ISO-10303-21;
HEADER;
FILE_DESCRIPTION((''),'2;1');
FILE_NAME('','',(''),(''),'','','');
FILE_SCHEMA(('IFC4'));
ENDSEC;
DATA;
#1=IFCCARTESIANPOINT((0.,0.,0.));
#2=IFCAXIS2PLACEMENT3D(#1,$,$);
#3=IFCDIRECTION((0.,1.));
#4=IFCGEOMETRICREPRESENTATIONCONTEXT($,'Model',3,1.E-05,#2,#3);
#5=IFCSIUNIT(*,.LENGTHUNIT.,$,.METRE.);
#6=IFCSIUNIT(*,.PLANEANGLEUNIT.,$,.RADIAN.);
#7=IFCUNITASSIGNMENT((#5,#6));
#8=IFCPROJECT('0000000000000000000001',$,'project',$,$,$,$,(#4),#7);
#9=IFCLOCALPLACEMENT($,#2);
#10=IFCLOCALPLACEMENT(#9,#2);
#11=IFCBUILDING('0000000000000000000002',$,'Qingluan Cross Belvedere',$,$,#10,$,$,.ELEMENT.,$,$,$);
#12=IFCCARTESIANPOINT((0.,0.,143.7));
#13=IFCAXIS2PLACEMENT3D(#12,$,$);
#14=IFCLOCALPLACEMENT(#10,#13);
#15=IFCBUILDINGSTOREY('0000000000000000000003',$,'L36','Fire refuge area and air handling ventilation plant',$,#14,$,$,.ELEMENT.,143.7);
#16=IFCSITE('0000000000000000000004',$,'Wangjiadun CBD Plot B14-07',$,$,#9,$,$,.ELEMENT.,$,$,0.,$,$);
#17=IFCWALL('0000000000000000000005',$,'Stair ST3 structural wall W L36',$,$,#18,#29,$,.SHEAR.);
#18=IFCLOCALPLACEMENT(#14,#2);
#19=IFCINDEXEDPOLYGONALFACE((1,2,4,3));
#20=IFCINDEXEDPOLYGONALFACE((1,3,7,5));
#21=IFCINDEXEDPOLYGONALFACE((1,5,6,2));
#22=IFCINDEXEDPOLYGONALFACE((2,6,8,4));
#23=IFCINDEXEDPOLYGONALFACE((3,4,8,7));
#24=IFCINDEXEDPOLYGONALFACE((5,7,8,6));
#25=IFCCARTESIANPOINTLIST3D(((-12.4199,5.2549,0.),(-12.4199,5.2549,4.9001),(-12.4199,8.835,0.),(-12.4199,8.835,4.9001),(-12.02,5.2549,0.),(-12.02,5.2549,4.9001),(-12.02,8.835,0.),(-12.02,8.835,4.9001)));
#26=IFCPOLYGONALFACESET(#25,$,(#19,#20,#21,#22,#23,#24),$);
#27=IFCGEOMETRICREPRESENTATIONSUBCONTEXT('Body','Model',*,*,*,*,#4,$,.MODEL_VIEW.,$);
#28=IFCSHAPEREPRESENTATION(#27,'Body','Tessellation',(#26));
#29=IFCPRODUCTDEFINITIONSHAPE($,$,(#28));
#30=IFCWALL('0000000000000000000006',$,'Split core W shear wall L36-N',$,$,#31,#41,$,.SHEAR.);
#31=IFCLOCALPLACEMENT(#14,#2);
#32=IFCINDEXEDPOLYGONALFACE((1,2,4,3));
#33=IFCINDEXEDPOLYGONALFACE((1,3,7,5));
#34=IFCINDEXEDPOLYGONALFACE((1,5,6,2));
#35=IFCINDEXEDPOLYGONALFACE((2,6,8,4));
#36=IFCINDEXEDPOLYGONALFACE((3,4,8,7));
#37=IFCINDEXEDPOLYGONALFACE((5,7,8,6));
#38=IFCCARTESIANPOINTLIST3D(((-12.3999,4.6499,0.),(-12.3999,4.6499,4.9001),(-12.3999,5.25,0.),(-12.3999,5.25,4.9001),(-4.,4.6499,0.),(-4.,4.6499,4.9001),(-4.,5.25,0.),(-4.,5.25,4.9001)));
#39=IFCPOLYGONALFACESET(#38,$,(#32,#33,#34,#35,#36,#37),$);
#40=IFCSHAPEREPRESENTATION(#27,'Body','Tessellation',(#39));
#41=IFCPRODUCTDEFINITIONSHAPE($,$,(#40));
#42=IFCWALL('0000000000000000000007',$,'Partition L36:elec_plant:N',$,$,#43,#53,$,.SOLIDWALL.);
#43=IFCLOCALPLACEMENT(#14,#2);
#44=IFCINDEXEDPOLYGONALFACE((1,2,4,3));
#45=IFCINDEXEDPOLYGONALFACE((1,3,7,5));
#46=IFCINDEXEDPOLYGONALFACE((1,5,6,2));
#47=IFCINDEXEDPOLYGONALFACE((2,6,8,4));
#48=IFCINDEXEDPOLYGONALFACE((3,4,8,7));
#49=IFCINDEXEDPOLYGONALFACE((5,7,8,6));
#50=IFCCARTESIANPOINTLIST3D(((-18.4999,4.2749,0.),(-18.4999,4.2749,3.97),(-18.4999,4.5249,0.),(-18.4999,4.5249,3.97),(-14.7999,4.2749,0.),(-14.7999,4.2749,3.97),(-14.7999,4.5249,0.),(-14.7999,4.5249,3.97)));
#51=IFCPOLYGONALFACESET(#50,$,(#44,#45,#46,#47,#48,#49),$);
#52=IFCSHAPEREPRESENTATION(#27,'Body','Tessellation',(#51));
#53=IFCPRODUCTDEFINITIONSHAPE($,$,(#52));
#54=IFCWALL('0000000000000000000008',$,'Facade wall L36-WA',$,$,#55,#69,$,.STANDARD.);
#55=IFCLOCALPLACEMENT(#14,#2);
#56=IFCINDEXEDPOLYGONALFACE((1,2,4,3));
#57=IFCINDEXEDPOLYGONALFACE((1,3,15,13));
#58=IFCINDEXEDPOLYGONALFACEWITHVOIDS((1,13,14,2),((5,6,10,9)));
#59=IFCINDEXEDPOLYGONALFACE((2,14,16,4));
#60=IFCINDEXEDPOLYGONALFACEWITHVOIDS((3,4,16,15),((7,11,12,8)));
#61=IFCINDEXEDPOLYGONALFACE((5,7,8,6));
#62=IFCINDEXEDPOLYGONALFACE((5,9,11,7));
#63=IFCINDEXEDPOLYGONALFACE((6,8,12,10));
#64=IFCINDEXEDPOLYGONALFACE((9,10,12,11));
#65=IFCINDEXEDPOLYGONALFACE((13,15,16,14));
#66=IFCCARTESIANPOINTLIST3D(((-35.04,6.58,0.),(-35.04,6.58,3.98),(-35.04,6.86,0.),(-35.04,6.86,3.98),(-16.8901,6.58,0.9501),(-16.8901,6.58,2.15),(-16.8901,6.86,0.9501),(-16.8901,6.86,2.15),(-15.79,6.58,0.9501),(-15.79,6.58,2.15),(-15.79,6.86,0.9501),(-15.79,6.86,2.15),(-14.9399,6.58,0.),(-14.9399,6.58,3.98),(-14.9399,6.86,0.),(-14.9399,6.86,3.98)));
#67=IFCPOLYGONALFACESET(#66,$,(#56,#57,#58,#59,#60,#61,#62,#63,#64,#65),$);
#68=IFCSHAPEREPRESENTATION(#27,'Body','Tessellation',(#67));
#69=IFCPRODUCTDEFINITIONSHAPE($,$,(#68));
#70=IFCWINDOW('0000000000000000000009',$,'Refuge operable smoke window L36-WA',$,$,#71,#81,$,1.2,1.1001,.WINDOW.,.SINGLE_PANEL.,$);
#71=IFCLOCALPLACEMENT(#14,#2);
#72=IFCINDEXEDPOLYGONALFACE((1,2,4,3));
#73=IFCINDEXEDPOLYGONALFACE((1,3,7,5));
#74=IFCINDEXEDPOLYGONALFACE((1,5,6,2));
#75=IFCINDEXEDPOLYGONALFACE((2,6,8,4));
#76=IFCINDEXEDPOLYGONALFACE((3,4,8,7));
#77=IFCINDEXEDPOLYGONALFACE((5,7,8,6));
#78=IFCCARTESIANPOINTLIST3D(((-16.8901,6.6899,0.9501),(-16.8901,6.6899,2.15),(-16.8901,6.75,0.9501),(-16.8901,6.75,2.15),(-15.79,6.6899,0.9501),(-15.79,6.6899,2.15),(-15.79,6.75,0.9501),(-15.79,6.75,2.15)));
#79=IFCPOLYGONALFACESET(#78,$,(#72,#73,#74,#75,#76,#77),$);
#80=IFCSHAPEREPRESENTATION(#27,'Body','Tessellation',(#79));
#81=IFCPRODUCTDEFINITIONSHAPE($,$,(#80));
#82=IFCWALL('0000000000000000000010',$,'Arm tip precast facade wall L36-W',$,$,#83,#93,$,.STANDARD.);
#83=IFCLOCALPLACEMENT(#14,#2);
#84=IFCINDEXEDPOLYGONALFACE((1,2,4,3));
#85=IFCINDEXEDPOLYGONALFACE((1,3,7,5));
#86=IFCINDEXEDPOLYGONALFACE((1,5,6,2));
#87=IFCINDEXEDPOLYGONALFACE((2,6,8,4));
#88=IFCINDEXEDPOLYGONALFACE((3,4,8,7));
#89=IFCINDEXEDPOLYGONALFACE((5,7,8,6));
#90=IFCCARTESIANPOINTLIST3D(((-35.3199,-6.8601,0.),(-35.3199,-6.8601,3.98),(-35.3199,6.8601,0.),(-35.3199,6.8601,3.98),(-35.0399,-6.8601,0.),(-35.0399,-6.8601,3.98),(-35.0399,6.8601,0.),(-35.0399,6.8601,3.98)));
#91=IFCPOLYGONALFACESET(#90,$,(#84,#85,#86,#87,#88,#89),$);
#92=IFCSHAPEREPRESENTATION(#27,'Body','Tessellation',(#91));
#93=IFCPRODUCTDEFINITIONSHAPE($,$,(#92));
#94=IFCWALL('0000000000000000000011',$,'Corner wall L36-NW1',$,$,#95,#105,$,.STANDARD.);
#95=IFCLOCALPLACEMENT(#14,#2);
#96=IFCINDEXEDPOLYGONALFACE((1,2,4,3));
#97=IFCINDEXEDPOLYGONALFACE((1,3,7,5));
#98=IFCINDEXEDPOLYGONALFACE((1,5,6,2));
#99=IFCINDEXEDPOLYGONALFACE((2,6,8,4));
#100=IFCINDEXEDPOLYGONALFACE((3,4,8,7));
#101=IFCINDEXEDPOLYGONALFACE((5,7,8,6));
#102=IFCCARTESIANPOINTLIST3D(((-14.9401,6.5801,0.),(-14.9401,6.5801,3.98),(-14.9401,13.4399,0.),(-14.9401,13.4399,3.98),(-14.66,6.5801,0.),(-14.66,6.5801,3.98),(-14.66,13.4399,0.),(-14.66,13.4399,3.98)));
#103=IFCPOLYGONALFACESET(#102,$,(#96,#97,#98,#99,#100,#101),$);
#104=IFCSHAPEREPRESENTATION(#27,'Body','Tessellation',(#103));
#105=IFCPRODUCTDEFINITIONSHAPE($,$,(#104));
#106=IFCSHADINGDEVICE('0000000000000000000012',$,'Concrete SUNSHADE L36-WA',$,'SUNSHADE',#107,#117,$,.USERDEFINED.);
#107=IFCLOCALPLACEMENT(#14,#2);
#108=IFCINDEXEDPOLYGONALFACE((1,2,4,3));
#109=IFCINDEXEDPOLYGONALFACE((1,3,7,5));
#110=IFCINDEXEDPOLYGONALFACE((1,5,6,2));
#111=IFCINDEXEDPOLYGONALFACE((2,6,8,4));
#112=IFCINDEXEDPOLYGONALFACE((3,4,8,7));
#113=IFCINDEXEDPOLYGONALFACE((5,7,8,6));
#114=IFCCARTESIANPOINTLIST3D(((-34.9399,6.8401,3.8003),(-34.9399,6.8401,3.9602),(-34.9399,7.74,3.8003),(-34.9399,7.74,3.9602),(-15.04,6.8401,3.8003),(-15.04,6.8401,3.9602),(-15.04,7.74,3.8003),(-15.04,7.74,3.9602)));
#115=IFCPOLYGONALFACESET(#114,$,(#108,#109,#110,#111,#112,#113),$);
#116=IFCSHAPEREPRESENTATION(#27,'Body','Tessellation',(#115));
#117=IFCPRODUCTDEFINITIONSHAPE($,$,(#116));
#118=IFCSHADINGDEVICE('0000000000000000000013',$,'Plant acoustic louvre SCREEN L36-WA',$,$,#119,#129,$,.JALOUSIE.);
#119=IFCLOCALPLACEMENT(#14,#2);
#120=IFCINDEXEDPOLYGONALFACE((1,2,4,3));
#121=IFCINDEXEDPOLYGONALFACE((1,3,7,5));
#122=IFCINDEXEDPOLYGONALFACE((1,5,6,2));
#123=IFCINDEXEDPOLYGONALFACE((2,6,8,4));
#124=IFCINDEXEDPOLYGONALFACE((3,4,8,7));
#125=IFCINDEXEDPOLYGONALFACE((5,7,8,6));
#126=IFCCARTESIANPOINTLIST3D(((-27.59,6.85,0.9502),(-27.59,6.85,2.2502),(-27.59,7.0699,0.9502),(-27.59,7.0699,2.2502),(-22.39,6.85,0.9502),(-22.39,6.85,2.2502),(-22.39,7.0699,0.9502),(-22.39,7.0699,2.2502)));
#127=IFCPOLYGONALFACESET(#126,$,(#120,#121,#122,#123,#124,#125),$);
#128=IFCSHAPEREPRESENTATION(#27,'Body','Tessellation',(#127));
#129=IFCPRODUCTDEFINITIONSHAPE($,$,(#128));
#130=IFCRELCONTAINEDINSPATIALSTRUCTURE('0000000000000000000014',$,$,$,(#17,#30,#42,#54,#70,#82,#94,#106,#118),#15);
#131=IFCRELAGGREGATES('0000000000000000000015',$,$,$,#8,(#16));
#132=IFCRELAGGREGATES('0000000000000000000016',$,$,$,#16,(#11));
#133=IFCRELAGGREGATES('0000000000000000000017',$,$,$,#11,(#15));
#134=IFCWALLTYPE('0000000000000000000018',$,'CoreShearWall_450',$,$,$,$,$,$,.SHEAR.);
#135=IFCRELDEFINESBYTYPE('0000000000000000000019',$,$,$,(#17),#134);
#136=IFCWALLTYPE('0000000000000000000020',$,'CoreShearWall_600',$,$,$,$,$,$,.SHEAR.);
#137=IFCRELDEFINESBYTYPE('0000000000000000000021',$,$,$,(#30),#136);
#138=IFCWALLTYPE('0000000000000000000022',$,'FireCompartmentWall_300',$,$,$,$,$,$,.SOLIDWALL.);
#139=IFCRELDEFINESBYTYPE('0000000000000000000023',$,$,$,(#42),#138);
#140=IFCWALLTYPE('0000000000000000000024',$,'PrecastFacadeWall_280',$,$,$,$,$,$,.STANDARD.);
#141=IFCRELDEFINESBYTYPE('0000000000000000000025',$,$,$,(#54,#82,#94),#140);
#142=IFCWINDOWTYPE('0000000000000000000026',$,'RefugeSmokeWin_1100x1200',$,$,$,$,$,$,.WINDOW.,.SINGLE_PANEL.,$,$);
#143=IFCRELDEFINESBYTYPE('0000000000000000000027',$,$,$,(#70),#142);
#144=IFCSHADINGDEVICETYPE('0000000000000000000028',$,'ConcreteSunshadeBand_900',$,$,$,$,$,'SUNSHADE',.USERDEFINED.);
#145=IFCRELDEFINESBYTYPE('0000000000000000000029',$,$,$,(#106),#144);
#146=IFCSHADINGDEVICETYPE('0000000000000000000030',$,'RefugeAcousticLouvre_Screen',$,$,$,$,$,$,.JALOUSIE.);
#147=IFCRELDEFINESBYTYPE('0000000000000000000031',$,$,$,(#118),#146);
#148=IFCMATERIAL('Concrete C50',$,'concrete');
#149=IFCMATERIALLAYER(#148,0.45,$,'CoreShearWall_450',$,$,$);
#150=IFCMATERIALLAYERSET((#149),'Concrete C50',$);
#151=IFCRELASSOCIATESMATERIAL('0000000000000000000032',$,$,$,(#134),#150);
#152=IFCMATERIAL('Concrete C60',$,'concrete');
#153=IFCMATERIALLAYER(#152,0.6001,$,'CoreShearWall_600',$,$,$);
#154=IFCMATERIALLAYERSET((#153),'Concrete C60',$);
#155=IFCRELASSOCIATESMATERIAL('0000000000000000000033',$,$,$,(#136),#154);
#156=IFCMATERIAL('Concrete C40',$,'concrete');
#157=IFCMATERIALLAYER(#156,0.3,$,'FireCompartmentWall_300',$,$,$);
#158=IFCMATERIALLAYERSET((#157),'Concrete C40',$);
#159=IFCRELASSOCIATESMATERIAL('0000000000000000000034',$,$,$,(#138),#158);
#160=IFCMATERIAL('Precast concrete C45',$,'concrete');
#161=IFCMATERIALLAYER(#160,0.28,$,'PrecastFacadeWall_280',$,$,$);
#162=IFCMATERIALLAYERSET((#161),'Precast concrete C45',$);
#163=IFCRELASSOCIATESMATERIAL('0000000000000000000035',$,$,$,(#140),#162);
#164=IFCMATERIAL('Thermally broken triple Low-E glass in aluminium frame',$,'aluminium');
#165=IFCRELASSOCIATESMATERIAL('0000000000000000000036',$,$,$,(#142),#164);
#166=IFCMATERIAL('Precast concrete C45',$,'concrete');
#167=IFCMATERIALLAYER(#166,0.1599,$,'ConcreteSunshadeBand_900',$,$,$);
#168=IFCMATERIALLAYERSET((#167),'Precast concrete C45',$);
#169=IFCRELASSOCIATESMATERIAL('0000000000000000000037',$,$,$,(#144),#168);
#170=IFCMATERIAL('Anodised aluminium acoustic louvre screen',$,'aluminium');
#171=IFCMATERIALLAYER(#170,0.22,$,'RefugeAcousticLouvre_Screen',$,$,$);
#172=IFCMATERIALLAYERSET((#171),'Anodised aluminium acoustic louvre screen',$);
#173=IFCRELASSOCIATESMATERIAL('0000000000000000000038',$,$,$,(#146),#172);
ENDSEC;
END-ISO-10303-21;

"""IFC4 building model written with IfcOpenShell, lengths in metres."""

from ifc_helpers import new_model, si_unit, direction, frame, frame_2d, origin, origin_2d, place, context, subcontext, project, spatial, rectangle, extrude, material, layer, layer_set, type_object, element, fill, save


model = new_model("IFC4")

# Units and contexts
model_context = context("Model", 3, precision=1e-05, world=origin(), true_north=direction((0.0, 1.0)))
body_context = subcontext(model_context, "Body", "Model", "MODEL_VIEW")
ifc_project = project(units=[si_unit("LENGTHUNIT", "METRE"), si_unit("PLANEANGLEUNIT", "RADIAN")], contexts=[model_context])

# Site, building, storey
site_placement = place(None, origin())
site = spatial("IfcSite", under=ifc_project, at=site_placement, Name="Wangjiadun CBD Plot B14-07", CompositionType="ELEMENT", RefElevation=0.0)
building_placement = place(site_placement, origin())
building = spatial("IfcBuilding", under=site, at=building_placement, Name="Qingluan Cross Belvedere", CompositionType="ELEMENT")
storey_placement = place(building_placement, frame((0.0, 0.0, 143.7)))
storey = spatial("IfcBuildingStorey", under=building, at=storey_placement, Name="L36", Description="Fire refuge area and air handling ventilation plant", CompositionType="ELEMENT", Elevation=143.7)

# Walls
ifc_material_1 = material(Name="Concrete C50", Category="concrete")
ifc_layer_1 = layer(ifc_material_1, 0.45, Name="CoreShearWall_450")
ifc_layer_set_1 = layer_set([ifc_layer_1], Name="Concrete C50")
wall_type_1 = type_object("IfcWallType", Name="CoreShearWall_450", PredefinedType="SHEAR", material=ifc_layer_set_1)
wall_1_placement = place(storey_placement, frame((-12.22, 5.2549, 0.0), z_axis=(0.0, 0.0, 1.0), x_axis=(0.0, 1.0, 0.0)))
element("IfcWall", 1, at=wall_1_placement, inside=storey, type_object=wall_type_1, Name="Stair ST3 structural wall W L36", PredefinedType="SHEAR", context=body_context, shape_type="SweptSolid", body=[
    extrude(rectangle(XDim=3.5801, YDim=0.3999, at=frame_2d((1.79, 0.0))), origin(), (0.0, 0.0, 1.0), 4.9001),
])
ifc_material_2 = material(Name="Concrete C60", Category="concrete")
ifc_layer_2 = layer(ifc_material_2, 0.6001, Name="CoreShearWall_600")
ifc_layer_set_2 = layer_set([ifc_layer_2], Name="Concrete C60")
wall_type_2 = type_object("IfcWallType", Name="CoreShearWall_600", PredefinedType="SHEAR", material=ifc_layer_set_2)
wall_2_placement = place(storey_placement, frame((-12.3999, 4.95, 0.0), z_axis=(0.0, 0.0, 1.0), x_axis=(1.0, 0.0, 0.0)))
element("IfcWall", 2, at=wall_2_placement, inside=storey, type_object=wall_type_2, Name="Split core W shear wall L36-N", PredefinedType="SHEAR", context=body_context, shape_type="SweptSolid", body=[
    extrude(rectangle(XDim=8.3999, YDim=0.6001, at=frame_2d((4.2, 0.0))), origin(), (0.0, 0.0, 1.0), 4.9001),
])
ifc_material_3 = material(Name="Concrete C40", Category="concrete")
ifc_layer_3 = layer(ifc_material_3, 0.3, Name="FireCompartmentWall_300")
ifc_layer_set_3 = layer_set([ifc_layer_3], Name="Concrete C40")
wall_type_3 = type_object("IfcWallType", Name="FireCompartmentWall_300", PredefinedType="SOLIDWALL", material=ifc_layer_set_3)
wall_3_placement = place(storey_placement, frame((-18.5, 4.3999, 0.0), z_axis=(0.0, 0.0, 1.0), x_axis=(1.0, 0.0, 0.0)))
element("IfcWall", 3, at=wall_3_placement, inside=storey, type_object=wall_type_3, Name="Partition L36:elec_plant:N", PredefinedType="SOLIDWALL", context=body_context, shape_type="SweptSolid", body=[
    extrude(rectangle(XDim=3.7, YDim=0.25, at=frame_2d((1.8501, 0.0))), origin(), (0.0, 0.0, 1.0), 3.97),
])

# Wall, opening, window
ifc_material_4 = material(Name="Precast concrete C45", Category="concrete")
ifc_layer_4 = layer(ifc_material_4, 0.28, Name="PrecastFacadeWall_280")
ifc_layer_set_4 = layer_set([ifc_layer_4], Name="Precast concrete C45")
wall_type_4 = type_object("IfcWallType", Name="PrecastFacadeWall_280", PredefinedType="STANDARD", material=ifc_layer_set_4)
wall_4_placement = place(storey_placement, frame((-14.9399, 6.72, 0.0), z_axis=(0.0, 0.0, 1.0), x_axis=(-1.0, 0.0, 0.0)))
wall_4 = element("IfcWall", 4, at=wall_4_placement, inside=storey, type_object=wall_type_4, Name="Facade wall L36-WA", PredefinedType="STANDARD", context=body_context, shape_type="SweptSolid", body=[
    extrude(rectangle(XDim=20.1001, YDim=0.28, at=frame_2d((10.05, 0.0))), origin(), (0.0, 0.0, 1.0), 3.98),
])
opening_1_placement = place(wall_4_placement, frame((0.8501, 0.0, 0.95)))
opening_1 = element("IfcOpeningElement", 5, at=opening_1_placement, cuts=wall_4, PredefinedType="OPENING", context=body_context, shape_type="SweptSolid", body=[
    extrude(rectangle(XDim=1.1001, YDim=1.2, at=frame_2d((0.55, 0.6001))), frame((0.0, 0.1499, 0.0), z_axis=(0.0, -1.0, 0.0), x_axis=(1.0, 0.0, 0.0)), (0.0, 0.0, 1.0), 0.3),
])
ifc_material_5 = material(Name="Thermally broken triple Low-E glass in aluminium frame", Category="aluminium")
window_type = type_object("IfcWindowType", Name="RefugeSmokeWin_1100x1200", PartitioningType="SINGLE_PANEL", PredefinedType="WINDOW", material=ifc_material_5)
window_placement = place(opening_1_placement, origin())
window = element("IfcWindow", 6, at=window_placement, inside=storey, type_object=window_type, Name="Refuge operable smoke window L36-WA", OverallHeight=1.2, OverallWidth=1.1001, PartitioningType="SINGLE_PANEL", PredefinedType="WINDOW", context=body_context, shape_type="SweptSolid", body=[
    extrude(rectangle(XDim=1.1001, YDim=1.2, at=frame_2d((0.55, 0.6001))), frame((0.0, 0.03, 0.0), z_axis=(0.0, -1.0, 0.0), x_axis=(1.0, 0.0, 0.0)), (0.0, 0.0, 1.0), 0.0601),
])
fill(opening_1, window)

# Walls
wall_5_placement = place(storey_placement, frame((-35.1799, 6.8601, 0.0), z_axis=(0.0, 0.0, 1.0), x_axis=(0.0, -1.0, 0.0)))
element("IfcWall", 7, at=wall_5_placement, inside=storey, type_object=wall_type_4, Name="Arm tip precast facade wall L36-W", PredefinedType="STANDARD", context=body_context, shape_type="SweptSolid", body=[
    extrude(rectangle(XDim=13.7202, YDim=0.28, at=frame_2d((6.8601, 0.0))), origin(), (0.0, 0.0, 1.0), 3.98),
])
wall_6_placement = place(storey_placement, frame((-14.8, 6.5801, 0.0), z_axis=(0.0, 0.0, 1.0), x_axis=(0.0, 1.0, 0.0)))
element("IfcWall", 8, at=wall_6_placement, inside=storey, type_object=wall_type_4, Name="Corner wall L36-NW1", PredefinedType="STANDARD", context=body_context, shape_type="SweptSolid", body=[
    extrude(rectangle(XDim=6.8599, YDim=0.28, at=frame_2d((3.4299, 0.0))), origin(), (0.0, 0.0, 1.0), 3.98),
])

# Shading devices
ifc_material_6 = material(Name="Precast concrete C45", Category="concrete")
ifc_layer_5 = layer(ifc_material_6, 0.1599, Name="ConcreteSunshadeBand_900")
ifc_layer_set_5 = layer_set([ifc_layer_5], Name="Precast concrete C45")
shading_device_type_1 = type_object("IfcShadingDeviceType", Name="ConcreteSunshadeBand_900", ElementType="SUNSHADE", PredefinedType="USERDEFINED", material=ifc_layer_set_5)
shading_device_1_placement = place(storey_placement, frame((-24.99, 7.29, 3.8003), z_axis=(0.0, 0.0, 1.0), x_axis=(-1.0, 0.0, 0.0)))
element("IfcShadingDevice", 9, at=shading_device_1_placement, inside=storey, type_object=shading_device_type_1, Name="Concrete SUNSHADE L36-WA", ObjectType="SUNSHADE", PredefinedType="USERDEFINED", context=body_context, shape_type="SweptSolid", body=[
    extrude(rectangle(XDim=19.8999, YDim=0.8999, at=origin_2d()), origin(), (0.0, 0.0, 1.0), 0.1599),
])
ifc_material_7 = material(Name="Anodised aluminium acoustic louvre screen", Category="aluminium")
ifc_layer_6 = layer(ifc_material_7, 0.22, Name="RefugeAcousticLouvre_Screen")
ifc_layer_set_6 = layer_set([ifc_layer_6], Name="Anodised aluminium acoustic louvre screen")
shading_device_type_2 = type_object("IfcShadingDeviceType", Name="RefugeAcousticLouvre_Screen", PredefinedType="JALOUSIE", material=ifc_layer_set_6)
shading_device_2_placement = place(storey_placement, frame((-24.99, 6.96, 0.9502), z_axis=(0.0, 0.0, 1.0), x_axis=(-1.0, 0.0, 0.0)))
element("IfcShadingDevice", 10, at=shading_device_2_placement, inside=storey, type_object=shading_device_type_2, Name="Plant acoustic louvre SCREEN L36-WA", PredefinedType="JALOUSIE", context=body_context, shape_type="SweptSolid", body=[
    extrude(rectangle(XDim=5.2, YDim=0.22, at=origin_2d()), origin(), (0.0, 0.0, 1.0), 1.3),
])

save(model, "model.ifc")
